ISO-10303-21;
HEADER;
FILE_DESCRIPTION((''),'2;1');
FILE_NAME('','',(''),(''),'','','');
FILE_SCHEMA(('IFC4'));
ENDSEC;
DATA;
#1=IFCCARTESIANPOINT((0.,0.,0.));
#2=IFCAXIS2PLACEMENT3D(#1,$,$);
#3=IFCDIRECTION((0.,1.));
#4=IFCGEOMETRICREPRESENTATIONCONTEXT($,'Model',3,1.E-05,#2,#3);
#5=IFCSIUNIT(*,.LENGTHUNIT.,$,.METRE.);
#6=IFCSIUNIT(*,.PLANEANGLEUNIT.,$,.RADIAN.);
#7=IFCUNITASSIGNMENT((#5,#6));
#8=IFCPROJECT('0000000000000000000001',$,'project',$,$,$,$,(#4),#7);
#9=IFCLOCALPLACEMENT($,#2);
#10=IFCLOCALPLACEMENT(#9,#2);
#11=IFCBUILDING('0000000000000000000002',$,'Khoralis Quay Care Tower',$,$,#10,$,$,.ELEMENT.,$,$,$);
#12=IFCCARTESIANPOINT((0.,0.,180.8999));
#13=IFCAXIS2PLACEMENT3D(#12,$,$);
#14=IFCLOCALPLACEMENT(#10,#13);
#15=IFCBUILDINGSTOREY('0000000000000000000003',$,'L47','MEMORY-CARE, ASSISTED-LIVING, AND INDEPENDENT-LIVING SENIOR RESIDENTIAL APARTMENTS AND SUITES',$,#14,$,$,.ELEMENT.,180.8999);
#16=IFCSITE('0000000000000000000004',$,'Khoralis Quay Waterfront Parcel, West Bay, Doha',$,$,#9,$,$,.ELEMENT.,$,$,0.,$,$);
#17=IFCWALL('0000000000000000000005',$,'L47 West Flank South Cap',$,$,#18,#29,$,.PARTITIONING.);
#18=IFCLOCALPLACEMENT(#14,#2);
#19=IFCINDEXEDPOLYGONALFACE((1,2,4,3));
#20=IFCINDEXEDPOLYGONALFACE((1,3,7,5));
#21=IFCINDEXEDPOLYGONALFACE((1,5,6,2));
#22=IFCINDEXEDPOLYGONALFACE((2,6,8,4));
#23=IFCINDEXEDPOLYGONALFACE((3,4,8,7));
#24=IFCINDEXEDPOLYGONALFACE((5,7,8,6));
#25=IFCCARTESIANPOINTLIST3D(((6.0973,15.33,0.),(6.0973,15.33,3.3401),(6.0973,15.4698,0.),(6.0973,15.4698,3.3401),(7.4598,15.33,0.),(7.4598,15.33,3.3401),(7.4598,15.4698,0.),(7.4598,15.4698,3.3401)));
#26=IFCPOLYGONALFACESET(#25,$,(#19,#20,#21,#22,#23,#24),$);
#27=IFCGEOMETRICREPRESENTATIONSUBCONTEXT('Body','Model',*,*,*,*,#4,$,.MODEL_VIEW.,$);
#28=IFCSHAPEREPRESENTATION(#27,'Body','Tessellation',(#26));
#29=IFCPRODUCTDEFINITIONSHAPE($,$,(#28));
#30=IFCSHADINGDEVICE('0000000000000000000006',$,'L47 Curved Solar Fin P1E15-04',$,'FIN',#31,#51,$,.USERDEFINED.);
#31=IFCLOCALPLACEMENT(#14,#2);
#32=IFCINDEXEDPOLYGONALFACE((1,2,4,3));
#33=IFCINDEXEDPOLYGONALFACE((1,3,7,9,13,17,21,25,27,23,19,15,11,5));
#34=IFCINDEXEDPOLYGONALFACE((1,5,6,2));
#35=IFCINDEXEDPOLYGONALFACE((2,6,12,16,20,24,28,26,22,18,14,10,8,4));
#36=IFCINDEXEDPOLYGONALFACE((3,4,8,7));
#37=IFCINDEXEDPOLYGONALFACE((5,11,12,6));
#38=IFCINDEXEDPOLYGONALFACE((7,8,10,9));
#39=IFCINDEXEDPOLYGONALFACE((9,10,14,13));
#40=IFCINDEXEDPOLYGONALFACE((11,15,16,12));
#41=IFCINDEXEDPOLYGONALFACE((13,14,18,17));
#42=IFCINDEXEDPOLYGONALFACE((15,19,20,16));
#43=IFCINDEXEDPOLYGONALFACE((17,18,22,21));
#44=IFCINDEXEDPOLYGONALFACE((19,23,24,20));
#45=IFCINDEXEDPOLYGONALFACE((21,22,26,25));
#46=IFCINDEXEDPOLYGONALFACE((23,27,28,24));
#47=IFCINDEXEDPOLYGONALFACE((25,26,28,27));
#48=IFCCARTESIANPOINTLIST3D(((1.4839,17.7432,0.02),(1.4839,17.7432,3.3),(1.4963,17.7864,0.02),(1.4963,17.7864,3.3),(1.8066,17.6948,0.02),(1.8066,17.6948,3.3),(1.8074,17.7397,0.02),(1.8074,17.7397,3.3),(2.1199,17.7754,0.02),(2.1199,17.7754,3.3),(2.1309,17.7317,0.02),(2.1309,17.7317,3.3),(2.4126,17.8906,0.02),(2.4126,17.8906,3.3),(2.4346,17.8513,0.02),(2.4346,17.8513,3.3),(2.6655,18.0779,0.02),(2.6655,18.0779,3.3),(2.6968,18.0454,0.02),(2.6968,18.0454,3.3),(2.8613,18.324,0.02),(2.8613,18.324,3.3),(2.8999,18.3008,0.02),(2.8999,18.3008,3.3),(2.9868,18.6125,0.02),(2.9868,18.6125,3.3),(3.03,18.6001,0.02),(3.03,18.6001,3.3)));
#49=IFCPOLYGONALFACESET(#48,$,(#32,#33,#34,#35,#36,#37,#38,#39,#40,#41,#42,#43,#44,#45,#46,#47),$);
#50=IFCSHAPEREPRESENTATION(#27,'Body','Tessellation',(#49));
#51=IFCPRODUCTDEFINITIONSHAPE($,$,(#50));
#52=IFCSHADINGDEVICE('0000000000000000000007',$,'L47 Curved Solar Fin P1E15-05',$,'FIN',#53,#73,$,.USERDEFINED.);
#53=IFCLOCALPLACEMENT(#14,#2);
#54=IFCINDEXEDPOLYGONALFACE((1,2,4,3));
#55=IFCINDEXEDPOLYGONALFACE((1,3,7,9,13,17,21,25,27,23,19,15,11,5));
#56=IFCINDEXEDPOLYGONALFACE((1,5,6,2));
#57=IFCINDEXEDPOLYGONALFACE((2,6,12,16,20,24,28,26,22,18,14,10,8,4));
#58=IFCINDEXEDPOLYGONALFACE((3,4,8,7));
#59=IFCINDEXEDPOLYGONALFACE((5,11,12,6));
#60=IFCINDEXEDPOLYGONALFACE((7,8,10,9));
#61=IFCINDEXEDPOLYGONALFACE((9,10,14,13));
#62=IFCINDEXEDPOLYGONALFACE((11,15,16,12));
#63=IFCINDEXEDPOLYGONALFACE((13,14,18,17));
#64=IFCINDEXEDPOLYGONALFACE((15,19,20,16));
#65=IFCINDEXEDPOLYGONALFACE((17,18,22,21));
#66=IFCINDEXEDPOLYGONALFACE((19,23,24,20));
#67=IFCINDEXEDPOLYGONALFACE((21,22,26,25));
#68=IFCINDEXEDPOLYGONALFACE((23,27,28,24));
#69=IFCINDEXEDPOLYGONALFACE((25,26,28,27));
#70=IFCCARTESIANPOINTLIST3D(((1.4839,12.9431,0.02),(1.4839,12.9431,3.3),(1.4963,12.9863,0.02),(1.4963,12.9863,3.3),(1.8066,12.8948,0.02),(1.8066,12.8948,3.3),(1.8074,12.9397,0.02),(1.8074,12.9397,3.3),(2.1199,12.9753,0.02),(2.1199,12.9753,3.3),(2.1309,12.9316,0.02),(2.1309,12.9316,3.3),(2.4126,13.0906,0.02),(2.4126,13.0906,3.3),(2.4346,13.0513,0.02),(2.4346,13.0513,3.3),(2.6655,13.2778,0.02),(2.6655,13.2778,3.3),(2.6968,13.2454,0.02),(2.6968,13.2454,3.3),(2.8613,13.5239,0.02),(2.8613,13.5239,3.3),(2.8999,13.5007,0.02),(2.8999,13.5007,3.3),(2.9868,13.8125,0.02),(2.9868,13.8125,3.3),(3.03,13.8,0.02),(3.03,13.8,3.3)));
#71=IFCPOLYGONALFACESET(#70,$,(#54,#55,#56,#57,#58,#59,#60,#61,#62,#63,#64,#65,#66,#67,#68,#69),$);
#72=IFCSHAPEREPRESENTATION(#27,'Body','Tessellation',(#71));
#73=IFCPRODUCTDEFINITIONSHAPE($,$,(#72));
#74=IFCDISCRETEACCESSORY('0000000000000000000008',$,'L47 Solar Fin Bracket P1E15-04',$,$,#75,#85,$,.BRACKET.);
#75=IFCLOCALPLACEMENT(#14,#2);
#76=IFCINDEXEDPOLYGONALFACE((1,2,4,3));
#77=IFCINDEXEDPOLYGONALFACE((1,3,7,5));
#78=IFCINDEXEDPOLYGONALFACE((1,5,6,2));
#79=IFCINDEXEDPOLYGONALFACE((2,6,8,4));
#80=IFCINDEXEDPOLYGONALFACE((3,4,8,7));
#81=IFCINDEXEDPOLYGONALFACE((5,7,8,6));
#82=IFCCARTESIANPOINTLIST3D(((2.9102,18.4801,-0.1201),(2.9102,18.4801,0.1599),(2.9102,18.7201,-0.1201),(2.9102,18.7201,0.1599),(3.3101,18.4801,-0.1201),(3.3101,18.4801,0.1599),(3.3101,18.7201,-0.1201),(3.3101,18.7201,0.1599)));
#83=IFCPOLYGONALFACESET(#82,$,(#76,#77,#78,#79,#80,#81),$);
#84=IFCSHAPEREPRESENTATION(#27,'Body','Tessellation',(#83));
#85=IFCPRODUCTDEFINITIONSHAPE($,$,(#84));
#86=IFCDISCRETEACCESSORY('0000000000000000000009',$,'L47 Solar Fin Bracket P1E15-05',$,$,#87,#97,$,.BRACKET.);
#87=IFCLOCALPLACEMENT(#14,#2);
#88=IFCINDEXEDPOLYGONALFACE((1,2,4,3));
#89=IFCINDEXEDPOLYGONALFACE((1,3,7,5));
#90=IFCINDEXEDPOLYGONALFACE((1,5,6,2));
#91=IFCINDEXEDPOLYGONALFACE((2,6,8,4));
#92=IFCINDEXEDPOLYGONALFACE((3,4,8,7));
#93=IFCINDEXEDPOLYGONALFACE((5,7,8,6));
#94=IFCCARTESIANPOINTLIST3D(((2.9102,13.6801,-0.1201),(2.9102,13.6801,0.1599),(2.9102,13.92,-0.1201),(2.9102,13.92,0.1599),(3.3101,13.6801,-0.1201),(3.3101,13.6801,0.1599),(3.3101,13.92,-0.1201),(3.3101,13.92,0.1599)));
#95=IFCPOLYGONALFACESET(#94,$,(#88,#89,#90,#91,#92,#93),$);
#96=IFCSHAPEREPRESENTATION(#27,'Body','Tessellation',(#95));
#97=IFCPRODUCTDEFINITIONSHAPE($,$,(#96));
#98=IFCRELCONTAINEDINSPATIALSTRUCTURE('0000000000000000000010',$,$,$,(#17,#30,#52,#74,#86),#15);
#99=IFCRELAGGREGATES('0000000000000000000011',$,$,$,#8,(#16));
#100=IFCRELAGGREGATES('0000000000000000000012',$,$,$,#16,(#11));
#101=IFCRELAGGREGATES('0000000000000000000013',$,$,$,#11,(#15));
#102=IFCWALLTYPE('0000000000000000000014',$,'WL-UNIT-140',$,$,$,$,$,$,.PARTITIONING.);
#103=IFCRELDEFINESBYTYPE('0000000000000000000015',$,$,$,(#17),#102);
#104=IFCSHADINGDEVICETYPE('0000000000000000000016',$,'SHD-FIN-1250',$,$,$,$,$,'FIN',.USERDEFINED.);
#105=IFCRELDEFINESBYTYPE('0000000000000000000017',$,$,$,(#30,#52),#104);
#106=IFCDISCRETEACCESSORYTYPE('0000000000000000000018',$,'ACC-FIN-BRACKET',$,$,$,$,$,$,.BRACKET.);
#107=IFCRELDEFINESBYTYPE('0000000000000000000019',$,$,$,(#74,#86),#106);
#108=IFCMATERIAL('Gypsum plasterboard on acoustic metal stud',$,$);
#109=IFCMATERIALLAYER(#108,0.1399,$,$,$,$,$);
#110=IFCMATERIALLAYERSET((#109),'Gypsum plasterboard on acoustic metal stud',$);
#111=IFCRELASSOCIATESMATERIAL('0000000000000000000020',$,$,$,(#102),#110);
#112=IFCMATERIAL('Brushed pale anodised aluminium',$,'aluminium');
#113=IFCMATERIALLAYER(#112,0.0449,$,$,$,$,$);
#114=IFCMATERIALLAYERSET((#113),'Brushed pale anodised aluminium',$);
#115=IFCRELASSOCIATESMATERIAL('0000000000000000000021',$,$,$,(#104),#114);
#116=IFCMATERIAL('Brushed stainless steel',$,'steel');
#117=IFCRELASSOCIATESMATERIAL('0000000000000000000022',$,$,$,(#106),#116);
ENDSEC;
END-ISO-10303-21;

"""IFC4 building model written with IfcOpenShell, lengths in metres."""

from ifc_helpers import new_model, si_unit, direction, frame, frame_2d, origin, origin_2d, place, context, subcontext, project, spatial, polyline, rectangle, outline, extrude, source, transform, mapped, material, layer, layer_set, type_object, element, save


model = new_model("IFC4")

# Units and contexts
model_context = context("Model", 3, precision=1e-05, world=origin(), true_north=direction((0.0, 1.0)))
body_context = subcontext(model_context, "Body", "Model", "MODEL_VIEW")
ifc_project = project(units=[si_unit("LENGTHUNIT", "METRE"), si_unit("PLANEANGLEUNIT", "RADIAN")], contexts=[model_context])

# Site, building, storey
site_placement = place(None, origin())
site = spatial("IfcSite", under=ifc_project, at=site_placement, Name="Khoralis Quay Waterfront Parcel, West Bay, Doha", CompositionType="ELEMENT", RefElevation=0.0)
building_placement = place(site_placement, origin())
building = spatial("IfcBuilding", under=site, at=building_placement, Name="Khoralis Quay Care Tower", CompositionType="ELEMENT")
storey_placement = place(building_placement, frame((0.0, 0.0, 180.8999)))
storey = spatial("IfcBuildingStorey", under=building, at=storey_placement, Name="L47", Description="MEMORY-CARE, ASSISTED-LIVING, AND INDEPENDENT-LIVING SENIOR RESIDENTIAL APARTMENTS AND SUITES", CompositionType="ELEMENT", Elevation=180.8999)

# Shared definitions
ifc_material_1 = material(Name="Gypsum plasterboard on acoustic metal stud")

# Wall
ifc_layer_1 = layer(ifc_material_1, 0.1399)
ifc_layer_set_1 = layer_set([ifc_layer_1], Name="Gypsum plasterboard on acoustic metal stud")
wall_type_1 = type_object("IfcWallType", Name="WL-UNIT-140", PredefinedType="PARTITIONING", material=ifc_layer_set_1)
wall_1_placement = place(storey_placement, frame((6.0974, 15.3999, 0.0), z_axis=(0.0, 0.0, 1.0), x_axis=(1.0, 0.0, 0.0)))
element("IfcWall", 1, at=wall_1_placement, inside=storey, type_object=wall_type_1, Name="L47 West Flank South Cap", PredefinedType="PARTITIONING", context=body_context, shape_type="SweptSolid", body=[
    extrude(rectangle(XDim=1.3625, YDim=0.1399, at=frame_2d((0.6812, 0.0))), origin(), (0.0, 0.0, 1.0), 3.3401),
])

# Shading devices
ifc_material_2 = material(Name="Brushed pale anodised aluminium", Category="aluminium")
ifc_layer_2 = layer(ifc_material_2, 0.0449)
ifc_layer_set_2 = layer_set([ifc_layer_2], Name="Brushed pale anodised aluminium")
shading_device_type = type_object("IfcShadingDeviceType", Name="SHD-FIN-1250", ElementType="FIN", PredefinedType="USERDEFINED", material=ifc_layer_set_2)
shared_shape_1 = source(origin(), body_context, "Body", "SweptSolid", [
    extrude(outline(polyline([(0.0, 0.0), (0.1301, 0.2993), (0.3333, 0.5547), (0.5955, 0.7488), (0.8992, 0.8684), (1.2234, 0.9053), (1.5461, 0.8569), (1.5337, 0.8137), (1.2227, 0.8604), (0.9102, 0.8247), (0.6174, 0.7095), (0.3645, 0.5222), (0.1687, 0.2761), (0.0432, -0.0125), (0.0, 0.0)])), origin(), (0.0, 0.0, 1.0), 3.28),
])
for number, where, z_axis, x_axis, name in (
    (2, (3.03, 18.6001, 0.02), (0.0, 0.0, 1.0), (-1.0, 0.0, 0.0), "L47 Curved Solar Fin P1E15-04"),
    (3, (3.03, 13.8, 0.02), (0.0, 0.0, 1.0), (-1.0, 0.0, 0.0), "L47 Curved Solar Fin P1E15-05"),
):
    element("IfcShadingDevice", number, at=place(storey_placement, frame(where, z_axis=z_axis, x_axis=x_axis)), inside=storey, type_object=shading_device_type, Name=name, ObjectType="FIN", PredefinedType="USERDEFINED", context=body_context, shape_type="MappedRepresentation", body=[
        mapped(shared_shape_1, transform((0.0, 0.0, 0.0), scale=1.0)),
    ])

# Discrete accessories
ifc_material_3 = material(Name="Brushed stainless steel", Category="steel")
discrete_accessory_type = type_object("IfcDiscreteAccessoryType", Name="ACC-FIN-BRACKET", PredefinedType="BRACKET", material=ifc_material_3)
shared_shape_2 = source(origin(), body_context, "Body", "SweptSolid", [
    extrude(rectangle(XDim=0.3999, YDim=0.24, at=origin_2d()), origin(), (0.0, 0.0, 1.0), 0.28),
])
for number, where, z_axis, x_axis, name in (
    (4, (3.1101, 18.6001, -0.1201), (0.0, 0.0, 1.0), (-1.0, 0.0, 0.0), "L47 Solar Fin Bracket P1E15-04"),
    (5, (3.1101, 13.8, -0.1201), (0.0, 0.0, 1.0), (-1.0, 0.0, 0.0), "L47 Solar Fin Bracket P1E15-05"),
):
    element("IfcDiscreteAccessory", number, at=place(storey_placement, frame(where, z_axis=z_axis, x_axis=x_axis)), inside=storey, type_object=discrete_accessory_type, Name=name, PredefinedType="BRACKET", context=body_context, shape_type="MappedRepresentation", body=[
        mapped(shared_shape_2, transform((0.0, 0.0, 0.0), scale=1.0)),
    ])

save(model, "model.ifc")
